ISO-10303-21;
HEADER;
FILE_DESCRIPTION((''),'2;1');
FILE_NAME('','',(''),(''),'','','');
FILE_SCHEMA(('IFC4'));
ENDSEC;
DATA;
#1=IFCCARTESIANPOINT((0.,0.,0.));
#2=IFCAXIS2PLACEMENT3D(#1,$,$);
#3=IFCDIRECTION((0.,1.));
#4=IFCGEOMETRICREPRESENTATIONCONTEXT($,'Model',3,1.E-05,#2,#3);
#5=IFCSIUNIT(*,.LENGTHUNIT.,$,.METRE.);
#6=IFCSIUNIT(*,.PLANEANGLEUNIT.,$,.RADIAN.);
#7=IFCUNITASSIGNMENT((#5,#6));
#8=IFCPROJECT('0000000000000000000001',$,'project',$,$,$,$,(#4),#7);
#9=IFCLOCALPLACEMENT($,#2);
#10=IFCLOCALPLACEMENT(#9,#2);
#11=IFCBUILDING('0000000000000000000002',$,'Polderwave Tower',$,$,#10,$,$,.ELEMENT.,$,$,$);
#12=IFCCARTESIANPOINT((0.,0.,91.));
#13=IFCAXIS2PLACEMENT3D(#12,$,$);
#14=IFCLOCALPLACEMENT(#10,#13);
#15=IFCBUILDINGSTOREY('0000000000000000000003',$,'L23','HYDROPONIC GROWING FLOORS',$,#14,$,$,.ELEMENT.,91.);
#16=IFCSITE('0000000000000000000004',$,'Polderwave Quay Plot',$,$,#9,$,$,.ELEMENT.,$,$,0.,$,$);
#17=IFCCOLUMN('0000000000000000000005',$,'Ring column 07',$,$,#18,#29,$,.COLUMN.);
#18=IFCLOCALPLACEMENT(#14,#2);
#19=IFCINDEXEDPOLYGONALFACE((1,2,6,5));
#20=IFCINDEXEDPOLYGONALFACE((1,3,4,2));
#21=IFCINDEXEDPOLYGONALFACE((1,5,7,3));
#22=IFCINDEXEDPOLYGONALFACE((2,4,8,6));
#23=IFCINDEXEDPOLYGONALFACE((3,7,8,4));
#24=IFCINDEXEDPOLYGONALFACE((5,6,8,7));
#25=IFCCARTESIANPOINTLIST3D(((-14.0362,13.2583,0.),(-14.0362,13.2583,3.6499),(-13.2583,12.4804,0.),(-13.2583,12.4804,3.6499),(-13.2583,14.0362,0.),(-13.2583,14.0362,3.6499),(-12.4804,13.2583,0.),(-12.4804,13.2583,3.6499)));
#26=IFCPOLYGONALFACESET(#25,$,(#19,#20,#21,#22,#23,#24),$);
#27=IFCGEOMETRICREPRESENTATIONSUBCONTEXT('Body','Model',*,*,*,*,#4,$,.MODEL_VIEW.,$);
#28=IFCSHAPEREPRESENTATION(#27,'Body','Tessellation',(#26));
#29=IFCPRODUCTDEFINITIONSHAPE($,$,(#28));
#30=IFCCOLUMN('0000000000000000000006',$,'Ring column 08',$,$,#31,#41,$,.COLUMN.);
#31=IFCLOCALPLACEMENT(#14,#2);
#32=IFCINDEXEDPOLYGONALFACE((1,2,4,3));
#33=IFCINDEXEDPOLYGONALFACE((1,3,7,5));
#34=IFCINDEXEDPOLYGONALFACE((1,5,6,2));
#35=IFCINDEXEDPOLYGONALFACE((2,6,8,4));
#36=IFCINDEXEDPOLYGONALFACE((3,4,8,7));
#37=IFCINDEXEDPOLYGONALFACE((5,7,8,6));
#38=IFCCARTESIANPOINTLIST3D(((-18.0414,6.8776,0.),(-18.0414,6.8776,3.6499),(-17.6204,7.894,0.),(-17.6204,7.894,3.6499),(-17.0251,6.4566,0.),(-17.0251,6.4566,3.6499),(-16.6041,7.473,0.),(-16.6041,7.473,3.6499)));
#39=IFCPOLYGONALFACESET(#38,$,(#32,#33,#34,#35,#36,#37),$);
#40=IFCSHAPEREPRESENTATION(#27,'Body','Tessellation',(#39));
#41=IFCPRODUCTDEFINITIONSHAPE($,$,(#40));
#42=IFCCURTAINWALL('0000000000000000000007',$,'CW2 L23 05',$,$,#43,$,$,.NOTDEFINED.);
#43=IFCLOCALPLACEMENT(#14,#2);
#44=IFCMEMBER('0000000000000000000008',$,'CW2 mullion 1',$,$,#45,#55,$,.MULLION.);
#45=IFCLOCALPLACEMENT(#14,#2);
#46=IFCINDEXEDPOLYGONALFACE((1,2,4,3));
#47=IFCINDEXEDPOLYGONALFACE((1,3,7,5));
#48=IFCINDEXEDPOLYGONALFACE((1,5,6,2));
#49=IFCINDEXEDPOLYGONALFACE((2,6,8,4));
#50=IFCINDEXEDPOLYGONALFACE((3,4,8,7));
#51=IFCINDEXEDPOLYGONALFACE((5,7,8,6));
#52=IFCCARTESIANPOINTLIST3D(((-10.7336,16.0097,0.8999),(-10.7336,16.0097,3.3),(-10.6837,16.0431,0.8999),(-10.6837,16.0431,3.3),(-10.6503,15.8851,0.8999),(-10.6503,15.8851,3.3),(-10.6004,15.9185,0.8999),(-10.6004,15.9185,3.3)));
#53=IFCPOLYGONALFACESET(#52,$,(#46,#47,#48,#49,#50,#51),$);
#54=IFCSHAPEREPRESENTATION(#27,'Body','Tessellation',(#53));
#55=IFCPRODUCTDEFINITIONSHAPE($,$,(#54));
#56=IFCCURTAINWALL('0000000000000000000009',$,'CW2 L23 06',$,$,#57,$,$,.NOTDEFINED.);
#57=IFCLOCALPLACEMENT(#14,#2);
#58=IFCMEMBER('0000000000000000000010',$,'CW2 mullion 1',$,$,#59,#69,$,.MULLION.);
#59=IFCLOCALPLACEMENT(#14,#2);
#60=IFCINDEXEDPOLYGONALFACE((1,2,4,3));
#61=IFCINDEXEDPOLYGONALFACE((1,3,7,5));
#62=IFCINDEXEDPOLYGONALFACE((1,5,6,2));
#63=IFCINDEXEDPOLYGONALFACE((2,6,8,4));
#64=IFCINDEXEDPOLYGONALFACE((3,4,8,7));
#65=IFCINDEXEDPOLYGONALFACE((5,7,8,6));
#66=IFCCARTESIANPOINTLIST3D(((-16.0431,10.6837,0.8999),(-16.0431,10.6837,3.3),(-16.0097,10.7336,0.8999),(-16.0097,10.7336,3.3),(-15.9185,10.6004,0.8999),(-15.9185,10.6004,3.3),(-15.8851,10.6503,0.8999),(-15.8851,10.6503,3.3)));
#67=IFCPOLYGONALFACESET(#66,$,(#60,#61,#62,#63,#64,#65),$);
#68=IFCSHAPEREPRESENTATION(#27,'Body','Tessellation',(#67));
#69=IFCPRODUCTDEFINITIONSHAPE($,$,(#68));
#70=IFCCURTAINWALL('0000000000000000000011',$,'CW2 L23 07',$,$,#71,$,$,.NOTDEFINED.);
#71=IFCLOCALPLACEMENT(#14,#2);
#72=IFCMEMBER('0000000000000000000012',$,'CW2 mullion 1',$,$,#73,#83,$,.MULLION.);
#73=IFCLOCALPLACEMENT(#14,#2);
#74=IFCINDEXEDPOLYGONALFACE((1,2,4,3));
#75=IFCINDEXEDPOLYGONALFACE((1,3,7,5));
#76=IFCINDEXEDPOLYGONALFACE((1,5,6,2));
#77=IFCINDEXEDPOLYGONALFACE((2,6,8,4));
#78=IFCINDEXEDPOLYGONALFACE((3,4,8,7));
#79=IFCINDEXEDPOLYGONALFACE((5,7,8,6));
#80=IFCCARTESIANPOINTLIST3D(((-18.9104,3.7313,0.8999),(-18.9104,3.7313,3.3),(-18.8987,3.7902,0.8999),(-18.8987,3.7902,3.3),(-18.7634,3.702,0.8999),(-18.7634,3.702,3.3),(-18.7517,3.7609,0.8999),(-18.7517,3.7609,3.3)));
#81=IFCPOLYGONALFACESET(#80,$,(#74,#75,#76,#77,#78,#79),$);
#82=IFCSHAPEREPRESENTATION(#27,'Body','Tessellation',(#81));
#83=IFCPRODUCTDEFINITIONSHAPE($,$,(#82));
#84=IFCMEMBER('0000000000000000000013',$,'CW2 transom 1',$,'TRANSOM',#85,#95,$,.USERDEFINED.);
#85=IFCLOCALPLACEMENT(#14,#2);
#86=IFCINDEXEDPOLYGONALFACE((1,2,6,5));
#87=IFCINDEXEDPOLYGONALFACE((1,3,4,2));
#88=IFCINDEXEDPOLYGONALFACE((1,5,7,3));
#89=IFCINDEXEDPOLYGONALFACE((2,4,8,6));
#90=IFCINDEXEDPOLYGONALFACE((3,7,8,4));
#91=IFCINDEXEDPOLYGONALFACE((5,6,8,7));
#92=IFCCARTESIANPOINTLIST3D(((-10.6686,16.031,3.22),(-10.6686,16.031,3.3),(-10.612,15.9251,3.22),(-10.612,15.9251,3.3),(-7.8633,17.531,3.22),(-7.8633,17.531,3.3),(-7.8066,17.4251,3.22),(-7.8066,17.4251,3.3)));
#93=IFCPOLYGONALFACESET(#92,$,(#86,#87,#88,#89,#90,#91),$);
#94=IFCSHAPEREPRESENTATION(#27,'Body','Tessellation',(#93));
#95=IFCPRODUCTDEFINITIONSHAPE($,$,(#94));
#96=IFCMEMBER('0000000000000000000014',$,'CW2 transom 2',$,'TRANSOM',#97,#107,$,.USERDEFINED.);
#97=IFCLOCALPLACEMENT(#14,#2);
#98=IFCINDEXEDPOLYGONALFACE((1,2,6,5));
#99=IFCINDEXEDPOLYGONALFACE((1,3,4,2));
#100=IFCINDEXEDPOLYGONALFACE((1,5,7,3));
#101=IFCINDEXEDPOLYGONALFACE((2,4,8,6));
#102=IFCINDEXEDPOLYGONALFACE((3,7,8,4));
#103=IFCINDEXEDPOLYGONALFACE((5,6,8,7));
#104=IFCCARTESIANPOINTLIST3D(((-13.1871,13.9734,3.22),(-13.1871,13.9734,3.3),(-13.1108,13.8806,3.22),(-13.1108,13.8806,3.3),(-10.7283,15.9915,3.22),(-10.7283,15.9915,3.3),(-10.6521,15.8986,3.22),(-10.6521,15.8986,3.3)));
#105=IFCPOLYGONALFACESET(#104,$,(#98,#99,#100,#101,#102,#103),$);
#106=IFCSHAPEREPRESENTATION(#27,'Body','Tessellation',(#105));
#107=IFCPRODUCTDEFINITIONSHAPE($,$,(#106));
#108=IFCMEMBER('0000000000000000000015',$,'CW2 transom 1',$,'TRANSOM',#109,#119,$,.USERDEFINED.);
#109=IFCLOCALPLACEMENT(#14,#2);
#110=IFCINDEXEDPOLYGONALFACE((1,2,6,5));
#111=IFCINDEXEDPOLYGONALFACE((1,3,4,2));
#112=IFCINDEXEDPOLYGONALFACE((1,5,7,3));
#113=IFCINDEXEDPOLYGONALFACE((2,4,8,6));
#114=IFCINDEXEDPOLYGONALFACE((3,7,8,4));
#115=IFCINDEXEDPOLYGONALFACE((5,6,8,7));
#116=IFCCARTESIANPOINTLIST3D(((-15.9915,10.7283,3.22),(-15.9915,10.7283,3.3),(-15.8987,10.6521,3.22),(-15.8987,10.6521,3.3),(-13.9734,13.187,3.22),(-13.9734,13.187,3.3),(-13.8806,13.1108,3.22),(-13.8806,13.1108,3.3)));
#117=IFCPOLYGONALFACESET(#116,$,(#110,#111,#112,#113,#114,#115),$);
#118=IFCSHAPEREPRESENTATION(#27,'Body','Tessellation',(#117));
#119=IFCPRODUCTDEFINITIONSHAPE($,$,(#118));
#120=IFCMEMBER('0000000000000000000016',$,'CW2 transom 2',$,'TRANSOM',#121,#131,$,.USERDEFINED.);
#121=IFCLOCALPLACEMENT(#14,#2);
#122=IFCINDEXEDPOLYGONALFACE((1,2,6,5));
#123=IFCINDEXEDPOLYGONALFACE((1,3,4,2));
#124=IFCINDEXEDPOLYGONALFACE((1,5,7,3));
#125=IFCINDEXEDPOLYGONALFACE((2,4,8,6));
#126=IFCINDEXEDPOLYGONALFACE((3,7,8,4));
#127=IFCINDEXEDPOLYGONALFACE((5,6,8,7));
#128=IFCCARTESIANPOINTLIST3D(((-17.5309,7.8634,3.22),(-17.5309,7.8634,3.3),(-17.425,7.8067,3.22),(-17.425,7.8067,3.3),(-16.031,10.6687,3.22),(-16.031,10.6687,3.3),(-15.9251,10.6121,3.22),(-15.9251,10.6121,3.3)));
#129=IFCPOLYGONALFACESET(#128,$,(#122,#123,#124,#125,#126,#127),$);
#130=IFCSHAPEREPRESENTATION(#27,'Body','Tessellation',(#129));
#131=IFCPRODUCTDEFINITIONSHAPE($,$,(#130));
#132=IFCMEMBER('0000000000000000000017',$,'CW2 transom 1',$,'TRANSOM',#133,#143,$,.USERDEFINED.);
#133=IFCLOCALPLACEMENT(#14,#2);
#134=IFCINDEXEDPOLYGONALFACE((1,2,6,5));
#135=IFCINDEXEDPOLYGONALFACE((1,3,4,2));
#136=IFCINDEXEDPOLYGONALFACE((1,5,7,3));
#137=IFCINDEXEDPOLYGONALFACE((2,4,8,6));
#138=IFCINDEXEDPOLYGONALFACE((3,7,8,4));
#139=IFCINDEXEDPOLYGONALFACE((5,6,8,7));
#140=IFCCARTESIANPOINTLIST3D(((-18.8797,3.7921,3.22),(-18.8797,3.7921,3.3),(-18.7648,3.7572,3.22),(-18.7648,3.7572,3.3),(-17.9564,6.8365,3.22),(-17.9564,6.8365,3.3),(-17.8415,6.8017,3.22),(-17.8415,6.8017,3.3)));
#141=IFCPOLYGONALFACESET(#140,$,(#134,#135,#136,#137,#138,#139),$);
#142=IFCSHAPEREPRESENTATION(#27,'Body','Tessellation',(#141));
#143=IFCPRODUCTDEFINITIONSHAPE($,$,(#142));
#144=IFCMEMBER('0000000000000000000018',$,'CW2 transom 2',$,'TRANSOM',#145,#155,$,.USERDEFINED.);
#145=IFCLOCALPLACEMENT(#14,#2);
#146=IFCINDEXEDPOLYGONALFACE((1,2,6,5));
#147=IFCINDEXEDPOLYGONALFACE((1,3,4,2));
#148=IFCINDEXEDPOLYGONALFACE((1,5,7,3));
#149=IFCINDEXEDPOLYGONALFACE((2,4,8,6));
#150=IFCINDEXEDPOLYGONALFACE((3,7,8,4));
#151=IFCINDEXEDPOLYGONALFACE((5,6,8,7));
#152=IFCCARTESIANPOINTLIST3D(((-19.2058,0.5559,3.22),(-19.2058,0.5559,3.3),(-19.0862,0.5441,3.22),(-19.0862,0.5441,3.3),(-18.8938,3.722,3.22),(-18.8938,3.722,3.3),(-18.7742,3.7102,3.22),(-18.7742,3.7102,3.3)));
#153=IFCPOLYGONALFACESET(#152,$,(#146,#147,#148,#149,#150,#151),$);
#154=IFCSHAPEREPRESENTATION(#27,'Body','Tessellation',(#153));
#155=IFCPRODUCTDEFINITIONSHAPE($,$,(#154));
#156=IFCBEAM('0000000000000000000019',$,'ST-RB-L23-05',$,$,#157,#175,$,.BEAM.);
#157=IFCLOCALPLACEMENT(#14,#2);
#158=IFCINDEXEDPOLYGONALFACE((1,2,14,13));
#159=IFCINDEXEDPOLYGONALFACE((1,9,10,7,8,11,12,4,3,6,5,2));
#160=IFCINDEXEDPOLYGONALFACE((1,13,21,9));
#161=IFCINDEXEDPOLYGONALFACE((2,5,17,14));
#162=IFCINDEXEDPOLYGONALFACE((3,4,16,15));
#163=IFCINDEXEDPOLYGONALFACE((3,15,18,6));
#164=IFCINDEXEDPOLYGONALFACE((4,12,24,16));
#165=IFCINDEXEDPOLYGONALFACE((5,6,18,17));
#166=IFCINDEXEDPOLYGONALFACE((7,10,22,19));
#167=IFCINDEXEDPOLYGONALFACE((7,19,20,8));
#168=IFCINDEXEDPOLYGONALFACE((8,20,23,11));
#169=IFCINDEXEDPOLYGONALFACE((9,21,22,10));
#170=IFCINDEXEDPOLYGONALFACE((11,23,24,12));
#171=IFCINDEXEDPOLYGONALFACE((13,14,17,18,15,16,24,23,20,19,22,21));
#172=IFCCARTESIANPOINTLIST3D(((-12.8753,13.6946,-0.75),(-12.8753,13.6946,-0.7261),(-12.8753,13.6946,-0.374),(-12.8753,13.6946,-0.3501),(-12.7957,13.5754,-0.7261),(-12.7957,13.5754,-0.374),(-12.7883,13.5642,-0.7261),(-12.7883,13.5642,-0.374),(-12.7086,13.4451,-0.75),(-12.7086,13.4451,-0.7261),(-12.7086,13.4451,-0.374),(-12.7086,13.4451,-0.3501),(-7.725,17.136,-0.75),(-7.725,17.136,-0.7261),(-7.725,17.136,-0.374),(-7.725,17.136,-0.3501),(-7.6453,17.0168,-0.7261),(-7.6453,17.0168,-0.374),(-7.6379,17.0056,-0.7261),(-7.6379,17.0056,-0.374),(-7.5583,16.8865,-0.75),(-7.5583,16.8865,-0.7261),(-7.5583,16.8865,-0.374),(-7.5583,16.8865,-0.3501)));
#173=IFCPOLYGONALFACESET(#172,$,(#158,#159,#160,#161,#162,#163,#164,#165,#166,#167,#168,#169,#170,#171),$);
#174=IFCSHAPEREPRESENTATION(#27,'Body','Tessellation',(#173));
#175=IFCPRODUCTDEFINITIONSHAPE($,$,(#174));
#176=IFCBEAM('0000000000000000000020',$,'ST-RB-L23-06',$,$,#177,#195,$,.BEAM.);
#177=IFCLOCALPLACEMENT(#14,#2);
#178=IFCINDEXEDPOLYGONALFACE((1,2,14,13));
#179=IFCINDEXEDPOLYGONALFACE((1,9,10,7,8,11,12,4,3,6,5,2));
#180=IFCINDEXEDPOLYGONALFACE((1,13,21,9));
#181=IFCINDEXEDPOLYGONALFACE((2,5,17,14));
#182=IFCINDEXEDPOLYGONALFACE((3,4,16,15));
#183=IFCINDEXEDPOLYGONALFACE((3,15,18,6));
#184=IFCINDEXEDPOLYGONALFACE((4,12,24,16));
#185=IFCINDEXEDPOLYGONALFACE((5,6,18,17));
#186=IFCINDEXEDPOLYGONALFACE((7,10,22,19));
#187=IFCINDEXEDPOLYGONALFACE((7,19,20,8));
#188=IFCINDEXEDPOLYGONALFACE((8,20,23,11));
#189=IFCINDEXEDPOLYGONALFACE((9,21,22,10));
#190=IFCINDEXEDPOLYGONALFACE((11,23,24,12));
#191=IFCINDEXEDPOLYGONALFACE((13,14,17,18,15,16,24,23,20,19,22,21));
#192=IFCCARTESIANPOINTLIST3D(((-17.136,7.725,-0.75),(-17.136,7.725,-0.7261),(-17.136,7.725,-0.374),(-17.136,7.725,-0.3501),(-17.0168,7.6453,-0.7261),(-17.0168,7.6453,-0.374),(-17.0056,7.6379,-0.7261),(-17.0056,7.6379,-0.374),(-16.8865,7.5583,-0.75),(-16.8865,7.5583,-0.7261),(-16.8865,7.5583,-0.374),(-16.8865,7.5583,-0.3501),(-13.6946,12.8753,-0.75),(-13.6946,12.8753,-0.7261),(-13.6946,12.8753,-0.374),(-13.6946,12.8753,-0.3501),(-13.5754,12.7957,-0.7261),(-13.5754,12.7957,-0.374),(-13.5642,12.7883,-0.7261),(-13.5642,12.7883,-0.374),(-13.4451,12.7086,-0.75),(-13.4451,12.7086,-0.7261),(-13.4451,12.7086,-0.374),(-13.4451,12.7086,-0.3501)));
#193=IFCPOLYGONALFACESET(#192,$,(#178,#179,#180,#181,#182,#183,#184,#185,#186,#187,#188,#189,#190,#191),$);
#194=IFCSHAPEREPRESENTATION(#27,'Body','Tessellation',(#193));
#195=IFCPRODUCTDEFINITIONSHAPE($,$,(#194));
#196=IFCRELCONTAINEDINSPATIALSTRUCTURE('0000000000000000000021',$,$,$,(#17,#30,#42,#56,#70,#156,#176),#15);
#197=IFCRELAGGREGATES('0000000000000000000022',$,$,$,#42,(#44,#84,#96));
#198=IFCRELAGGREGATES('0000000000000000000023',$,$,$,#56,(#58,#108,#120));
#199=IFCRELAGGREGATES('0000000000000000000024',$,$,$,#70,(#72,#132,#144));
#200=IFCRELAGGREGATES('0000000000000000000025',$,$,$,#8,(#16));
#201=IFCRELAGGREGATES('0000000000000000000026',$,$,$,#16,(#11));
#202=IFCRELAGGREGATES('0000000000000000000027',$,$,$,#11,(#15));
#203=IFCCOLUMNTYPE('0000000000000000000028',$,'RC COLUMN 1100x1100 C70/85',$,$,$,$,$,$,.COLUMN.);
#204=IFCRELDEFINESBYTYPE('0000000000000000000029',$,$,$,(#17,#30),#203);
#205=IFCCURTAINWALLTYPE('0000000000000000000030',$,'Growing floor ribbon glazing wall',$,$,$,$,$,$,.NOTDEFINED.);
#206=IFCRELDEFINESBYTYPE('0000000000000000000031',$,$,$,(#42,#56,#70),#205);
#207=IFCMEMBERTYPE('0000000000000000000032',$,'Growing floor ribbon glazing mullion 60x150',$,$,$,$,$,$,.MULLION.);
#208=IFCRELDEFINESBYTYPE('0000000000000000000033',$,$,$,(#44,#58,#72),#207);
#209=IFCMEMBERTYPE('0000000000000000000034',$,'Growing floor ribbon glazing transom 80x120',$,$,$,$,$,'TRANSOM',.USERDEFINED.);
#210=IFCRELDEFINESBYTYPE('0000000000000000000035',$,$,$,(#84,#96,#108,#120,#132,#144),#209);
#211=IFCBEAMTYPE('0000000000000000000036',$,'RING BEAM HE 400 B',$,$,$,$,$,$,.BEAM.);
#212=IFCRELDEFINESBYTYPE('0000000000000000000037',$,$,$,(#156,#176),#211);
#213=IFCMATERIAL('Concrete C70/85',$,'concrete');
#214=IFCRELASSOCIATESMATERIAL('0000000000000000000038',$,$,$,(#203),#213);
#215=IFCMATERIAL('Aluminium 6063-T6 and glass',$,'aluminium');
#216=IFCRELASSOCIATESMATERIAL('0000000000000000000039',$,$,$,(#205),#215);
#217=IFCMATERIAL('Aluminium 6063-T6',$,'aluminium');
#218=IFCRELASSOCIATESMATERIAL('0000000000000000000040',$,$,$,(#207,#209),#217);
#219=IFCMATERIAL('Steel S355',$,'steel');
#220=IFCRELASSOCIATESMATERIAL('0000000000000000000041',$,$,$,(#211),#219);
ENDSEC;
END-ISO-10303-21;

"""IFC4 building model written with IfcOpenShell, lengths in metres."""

from ifc_helpers import new_model, si_unit, direction, frame, origin, origin_2d, place, context, subcontext, project, spatial, rectangle, i_section, extrude, material, material_profile, profile_set, type_object, element, aggregate, save


model = new_model("IFC4")

# Units and contexts
model_context = context("Model", 3, precision=1e-05, world=origin(), true_north=direction((0.0, 1.0)))
body_context = subcontext(model_context, "Body", "Model", "MODEL_VIEW")
ifc_project = project(units=[si_unit("LENGTHUNIT", "METRE"), si_unit("PLANEANGLEUNIT", "RADIAN")], contexts=[model_context])

# Site, building, storey
site_placement = place(None, origin())
site = spatial("IfcSite", under=ifc_project, at=site_placement, Name="Polderwave Quay Plot", CompositionType="ELEMENT", RefElevation=0.0)
building_placement = place(site_placement, origin())
building = spatial("IfcBuilding", under=site, at=building_placement, Name="Polderwave Tower", CompositionType="ELEMENT")
storey_placement = place(building_placement, frame((0.0, 0.0, 91.0)))
storey = spatial("IfcBuildingStorey", under=building, at=storey_placement, Name="L23", Description="HYDROPONIC GROWING FLOORS", CompositionType="ELEMENT", Elevation=91.0)

# Columns
ifc_material_1 = material(Name="Concrete C70/85", Category="concrete")
ifc_material_profile_1 = material_profile(ifc_material_1, rectangle(XDim=1.1001, YDim=1.1001, at=origin_2d()), Name="RC 1100x1100")
ifc_profile_set_1 = profile_set([ifc_material_profile_1], Name="Concrete C70/85")
column_type = type_object("IfcColumnType", Name="RC COLUMN 1100x1100 C70/85", PredefinedType="COLUMN", material=ifc_profile_set_1)
for number, where, z_axis, x_axis, name in (
    (1, (-13.2583, 13.2583, 0.0), (0.0, 0.0, 1.0), (-0.707107, 0.707107, 0.0), "Ring column 07"),
    (2, (-17.3228, 7.1753, 0.0), (0.0, 0.0, 1.0), (-0.92388, 0.382683, 0.0), "Ring column 08"),
):
    element("IfcColumn", number, at=place(storey_placement, frame(where, z_axis=z_axis, x_axis=x_axis)), inside=storey, type_object=column_type, Name=name, PredefinedType="COLUMN", context=body_context, shape_type="SweptSolid", body=[
        extrude(rectangle(XDim=1.1001, YDim=1.1001, at=origin_2d()), origin(), (0.0, 0.0, 1.0), 3.6499),
    ])

# Curtain walls, members
ifc_material_2 = material(Name="Aluminium 6063-T6 and glass", Category="aluminium")
curtain_wall_type = type_object("IfcCurtainWallType", Name="Growing floor ribbon glazing wall", PredefinedType="NOTDEFINED", material=ifc_material_2)
curtain_wall_1_placement = place(storey_placement, origin())
curtain_wall_1 = element("IfcCurtainWall", 3, at=curtain_wall_1_placement, inside=storey, type_object=curtain_wall_type, Name="CW2 L23 05", PredefinedType="NOTDEFINED")
ifc_material_3 = material(Name="Aluminium 6063-T6", Category="aluminium")
ifc_material_profile_2 = material_profile(ifc_material_3, rectangle(XDim=0.1499, YDim=0.0601, at=origin_2d()), Name="AL 60x150")
ifc_profile_set_2 = profile_set([ifc_material_profile_2], Name="Aluminium 6063-T6")
member_type_1 = type_object("IfcMemberType", Name="Growing floor ribbon glazing mullion 60x150", PredefinedType="MULLION", material=ifc_profile_set_2)
member_1_placement = place(storey_placement, frame((-10.667, 15.9641, 0.8999), z_axis=(0.0, 0.0, 1.0), x_axis=(0.555608, -0.831444, 0.0)))
member_1 = element("IfcMember", 4, at=member_1_placement, type_object=member_type_1, Name="CW2 mullion 1", PredefinedType="MULLION", context=body_context, shape_type="SweptSolid", body=[
    extrude(rectangle(XDim=0.1499, YDim=0.0601, at=origin_2d()), origin(), (0.0, 0.0, 1.0), 2.4001),
])
curtain_wall_2_placement = place(storey_placement, origin())
curtain_wall_2 = element("IfcCurtainWall", 5, at=curtain_wall_2_placement, inside=storey, type_object=curtain_wall_type, Name="CW2 L23 06", PredefinedType="NOTDEFINED")
member_2_placement = place(storey_placement, frame((-15.9641, 10.667, 0.8999), z_axis=(0.0, 0.0, 1.0), x_axis=(0.831444, -0.555608, 0.0)))
member_2 = element("IfcMember", 6, at=member_2_placement, type_object=member_type_1, Name="CW2 mullion 1", PredefinedType="MULLION", context=body_context, shape_type="SweptSolid", body=[
    extrude(rectangle(XDim=0.1499, YDim=0.0601, at=origin_2d()), origin(), (0.0, 0.0, 1.0), 2.4001),
])
curtain_wall_3_placement = place(storey_placement, origin())
curtain_wall_3 = element("IfcCurtainWall", 7, at=curtain_wall_3_placement, inside=storey, type_object=curtain_wall_type, Name="CW2 L23 07", PredefinedType="NOTDEFINED")
member_3_placement = place(storey_placement, frame((-18.8311, 3.7461, 0.8999), z_axis=(0.0, 0.0, 1.0), x_axis=(0.980784, -0.195097, 0.0)))
member_3 = element("IfcMember", 8, at=member_3_placement, type_object=member_type_1, Name="CW2 mullion 1", PredefinedType="MULLION", context=body_context, shape_type="SweptSolid", body=[
    extrude(rectangle(XDim=0.1499, YDim=0.0601, at=origin_2d()), origin(), (0.0, 0.0, 1.0), 2.4001),
])

# Members
ifc_material_profile_3 = material_profile(ifc_material_3, rectangle(XDim=0.1201, YDim=0.0801, at=origin_2d()), Name="AL 80x120")
ifc_profile_set_3 = profile_set([ifc_material_profile_3], Name="Aluminium 6063-T6")
member_type_2 = type_object("IfcMemberType", Name="Growing floor ribbon glazing transom 80x120", ElementType="TRANSOM", PredefinedType="USERDEFINED", material=ifc_profile_set_3)
member_4_placement = place(storey_placement, frame((-7.835, 17.478, 3.26), z_axis=(-0.88186, -0.471512, 0.0), x_axis=(0.471512, -0.88186, 0.0)))
member_4 = element("IfcMember", 9, at=member_4_placement, type_object=member_type_2, Name="CW2 transom 1", ObjectType="TRANSOM", PredefinedType="USERDEFINED", context=body_context, shape_type="SweptSolid", body=[
    extrude(rectangle(XDim=0.1201, YDim=0.0801, at=origin_2d()), origin(), (0.0, 0.0, 1.0), 3.1812),
])
member_5_placement = place(storey_placement, frame((-10.6902, 15.9451, 3.26), z_axis=(-0.772975, -0.634437, 0.0), x_axis=(0.634437, -0.772975, 0.0)))
member_5 = element("IfcMember", 10, at=member_5_placement, type_object=member_type_2, Name="CW2 transom 2", ObjectType="TRANSOM", PredefinedType="USERDEFINED", context=body_context, shape_type="SweptSolid", body=[
    extrude(rectangle(XDim=0.1201, YDim=0.0801, at=origin_2d()), origin(), (0.0, 0.0, 1.0), 3.1809),
])
member_6_placement = place(storey_placement, frame((-13.927, 13.1489, 3.26), z_axis=(-0.634437, -0.772975, 0.0), x_axis=(0.772975, -0.634437, 0.0)))
member_6 = element("IfcMember", 11, at=member_6_placement, type_object=member_type_2, Name="CW2 transom 1", ObjectType="TRANSOM", PredefinedType="USERDEFINED", context=body_context, shape_type="SweptSolid", body=[
    extrude(rectangle(XDim=0.1201, YDim=0.0801, at=origin_2d()), origin(), (0.0, 0.0, 1.0), 3.1809),
])
member_7_placement = place(storey_placement, frame((-15.978, 10.6404, 3.26), z_axis=(-0.471512, -0.88186, 0.0), x_axis=(0.88186, -0.471512, 0.0)))
member_7 = element("IfcMember", 12, at=member_7_placement, type_object=member_type_2, Name="CW2 transom 2", ObjectType="TRANSOM", PredefinedType="USERDEFINED", context=body_context, shape_type="SweptSolid", body=[
    extrude(rectangle(XDim=0.1201, YDim=0.0801, at=origin_2d()), origin(), (0.0, 0.0, 1.0), 3.1812),
])
member_8_placement = place(storey_placement, frame((-17.8989, 6.8191, 3.26), z_axis=(-0.290233, -0.956956, 0.0), x_axis=(0.956956, -0.290233, 0.0)))
member_8 = element("IfcMember", 13, at=member_8_placement, type_object=member_type_2, Name="CW2 transom 1", ObjectType="TRANSOM", PredefinedType="USERDEFINED", context=body_context, shape_type="SweptSolid", body=[
    extrude(rectangle(XDim=0.1201, YDim=0.0801, at=origin_2d()), origin(), (0.0, 0.0, 1.0), 3.1814),
])
member_9_placement = place(storey_placement, frame((-18.834, 3.7161, 3.26), z_axis=(-0.098075, -0.995179, 0.0), x_axis=(0.995179, -0.098075, 0.0)))
member_9 = element("IfcMember", 14, at=member_9_placement, type_object=member_type_2, Name="CW2 transom 2", ObjectType="TRANSOM", PredefinedType="USERDEFINED", context=body_context, shape_type="SweptSolid", body=[
    extrude(rectangle(XDim=0.1201, YDim=0.0801, at=origin_2d()), origin(), (0.0, 0.0, 1.0), 3.1814),
])

# Beams
ifc_material_4 = material(Name="Steel S355", Category="steel")
ifc_material_profile_4 = material_profile(ifc_material_4, i_section(OverallWidth=0.3, OverallDepth=0.3999, WebThickness=0.0134, FlangeThickness=0.0239, at=origin_2d()), Name="HE 400 B")
ifc_profile_set_4 = profile_set([ifc_material_profile_4], Name="Steel S355")
beam_type = type_object("IfcBeamType", Name="RING BEAM HE 400 B", PredefinedType="BEAM", material=ifc_profile_set_4)
for number, where, z_axis, x_axis, name in (
    (15, (-7.6416, 17.0112, -0.55), (-0.831468, -0.555573, 0.0), (0.555573, -0.831468, 0.0), "ST-RB-L23-05"),
    (16, (-13.5698, 12.792, -0.55), (-0.555573, -0.831468, 0.0), (0.831468, -0.555573, 0.0), "ST-RB-L23-06"),
):
    element("IfcBeam", number, at=place(storey_placement, frame(where, z_axis=z_axis, x_axis=x_axis)), inside=storey, type_object=beam_type, Name=name, PredefinedType="BEAM", context=body_context, shape_type="SweptSolid", body=[
        extrude(i_section(OverallWidth=0.3, OverallDepth=0.3999, WebThickness=0.0134, FlangeThickness=0.0239, at=origin_2d()), origin(), (0.0, 0.0, 1.0), 6.1943),
    ])

aggregate(curtain_wall_1, [member_1, member_4, member_5])
aggregate(curtain_wall_2, [member_2, member_6, member_7])
aggregate(curtain_wall_3, [member_3, member_8, member_9])

save(model, "model.ifc")
